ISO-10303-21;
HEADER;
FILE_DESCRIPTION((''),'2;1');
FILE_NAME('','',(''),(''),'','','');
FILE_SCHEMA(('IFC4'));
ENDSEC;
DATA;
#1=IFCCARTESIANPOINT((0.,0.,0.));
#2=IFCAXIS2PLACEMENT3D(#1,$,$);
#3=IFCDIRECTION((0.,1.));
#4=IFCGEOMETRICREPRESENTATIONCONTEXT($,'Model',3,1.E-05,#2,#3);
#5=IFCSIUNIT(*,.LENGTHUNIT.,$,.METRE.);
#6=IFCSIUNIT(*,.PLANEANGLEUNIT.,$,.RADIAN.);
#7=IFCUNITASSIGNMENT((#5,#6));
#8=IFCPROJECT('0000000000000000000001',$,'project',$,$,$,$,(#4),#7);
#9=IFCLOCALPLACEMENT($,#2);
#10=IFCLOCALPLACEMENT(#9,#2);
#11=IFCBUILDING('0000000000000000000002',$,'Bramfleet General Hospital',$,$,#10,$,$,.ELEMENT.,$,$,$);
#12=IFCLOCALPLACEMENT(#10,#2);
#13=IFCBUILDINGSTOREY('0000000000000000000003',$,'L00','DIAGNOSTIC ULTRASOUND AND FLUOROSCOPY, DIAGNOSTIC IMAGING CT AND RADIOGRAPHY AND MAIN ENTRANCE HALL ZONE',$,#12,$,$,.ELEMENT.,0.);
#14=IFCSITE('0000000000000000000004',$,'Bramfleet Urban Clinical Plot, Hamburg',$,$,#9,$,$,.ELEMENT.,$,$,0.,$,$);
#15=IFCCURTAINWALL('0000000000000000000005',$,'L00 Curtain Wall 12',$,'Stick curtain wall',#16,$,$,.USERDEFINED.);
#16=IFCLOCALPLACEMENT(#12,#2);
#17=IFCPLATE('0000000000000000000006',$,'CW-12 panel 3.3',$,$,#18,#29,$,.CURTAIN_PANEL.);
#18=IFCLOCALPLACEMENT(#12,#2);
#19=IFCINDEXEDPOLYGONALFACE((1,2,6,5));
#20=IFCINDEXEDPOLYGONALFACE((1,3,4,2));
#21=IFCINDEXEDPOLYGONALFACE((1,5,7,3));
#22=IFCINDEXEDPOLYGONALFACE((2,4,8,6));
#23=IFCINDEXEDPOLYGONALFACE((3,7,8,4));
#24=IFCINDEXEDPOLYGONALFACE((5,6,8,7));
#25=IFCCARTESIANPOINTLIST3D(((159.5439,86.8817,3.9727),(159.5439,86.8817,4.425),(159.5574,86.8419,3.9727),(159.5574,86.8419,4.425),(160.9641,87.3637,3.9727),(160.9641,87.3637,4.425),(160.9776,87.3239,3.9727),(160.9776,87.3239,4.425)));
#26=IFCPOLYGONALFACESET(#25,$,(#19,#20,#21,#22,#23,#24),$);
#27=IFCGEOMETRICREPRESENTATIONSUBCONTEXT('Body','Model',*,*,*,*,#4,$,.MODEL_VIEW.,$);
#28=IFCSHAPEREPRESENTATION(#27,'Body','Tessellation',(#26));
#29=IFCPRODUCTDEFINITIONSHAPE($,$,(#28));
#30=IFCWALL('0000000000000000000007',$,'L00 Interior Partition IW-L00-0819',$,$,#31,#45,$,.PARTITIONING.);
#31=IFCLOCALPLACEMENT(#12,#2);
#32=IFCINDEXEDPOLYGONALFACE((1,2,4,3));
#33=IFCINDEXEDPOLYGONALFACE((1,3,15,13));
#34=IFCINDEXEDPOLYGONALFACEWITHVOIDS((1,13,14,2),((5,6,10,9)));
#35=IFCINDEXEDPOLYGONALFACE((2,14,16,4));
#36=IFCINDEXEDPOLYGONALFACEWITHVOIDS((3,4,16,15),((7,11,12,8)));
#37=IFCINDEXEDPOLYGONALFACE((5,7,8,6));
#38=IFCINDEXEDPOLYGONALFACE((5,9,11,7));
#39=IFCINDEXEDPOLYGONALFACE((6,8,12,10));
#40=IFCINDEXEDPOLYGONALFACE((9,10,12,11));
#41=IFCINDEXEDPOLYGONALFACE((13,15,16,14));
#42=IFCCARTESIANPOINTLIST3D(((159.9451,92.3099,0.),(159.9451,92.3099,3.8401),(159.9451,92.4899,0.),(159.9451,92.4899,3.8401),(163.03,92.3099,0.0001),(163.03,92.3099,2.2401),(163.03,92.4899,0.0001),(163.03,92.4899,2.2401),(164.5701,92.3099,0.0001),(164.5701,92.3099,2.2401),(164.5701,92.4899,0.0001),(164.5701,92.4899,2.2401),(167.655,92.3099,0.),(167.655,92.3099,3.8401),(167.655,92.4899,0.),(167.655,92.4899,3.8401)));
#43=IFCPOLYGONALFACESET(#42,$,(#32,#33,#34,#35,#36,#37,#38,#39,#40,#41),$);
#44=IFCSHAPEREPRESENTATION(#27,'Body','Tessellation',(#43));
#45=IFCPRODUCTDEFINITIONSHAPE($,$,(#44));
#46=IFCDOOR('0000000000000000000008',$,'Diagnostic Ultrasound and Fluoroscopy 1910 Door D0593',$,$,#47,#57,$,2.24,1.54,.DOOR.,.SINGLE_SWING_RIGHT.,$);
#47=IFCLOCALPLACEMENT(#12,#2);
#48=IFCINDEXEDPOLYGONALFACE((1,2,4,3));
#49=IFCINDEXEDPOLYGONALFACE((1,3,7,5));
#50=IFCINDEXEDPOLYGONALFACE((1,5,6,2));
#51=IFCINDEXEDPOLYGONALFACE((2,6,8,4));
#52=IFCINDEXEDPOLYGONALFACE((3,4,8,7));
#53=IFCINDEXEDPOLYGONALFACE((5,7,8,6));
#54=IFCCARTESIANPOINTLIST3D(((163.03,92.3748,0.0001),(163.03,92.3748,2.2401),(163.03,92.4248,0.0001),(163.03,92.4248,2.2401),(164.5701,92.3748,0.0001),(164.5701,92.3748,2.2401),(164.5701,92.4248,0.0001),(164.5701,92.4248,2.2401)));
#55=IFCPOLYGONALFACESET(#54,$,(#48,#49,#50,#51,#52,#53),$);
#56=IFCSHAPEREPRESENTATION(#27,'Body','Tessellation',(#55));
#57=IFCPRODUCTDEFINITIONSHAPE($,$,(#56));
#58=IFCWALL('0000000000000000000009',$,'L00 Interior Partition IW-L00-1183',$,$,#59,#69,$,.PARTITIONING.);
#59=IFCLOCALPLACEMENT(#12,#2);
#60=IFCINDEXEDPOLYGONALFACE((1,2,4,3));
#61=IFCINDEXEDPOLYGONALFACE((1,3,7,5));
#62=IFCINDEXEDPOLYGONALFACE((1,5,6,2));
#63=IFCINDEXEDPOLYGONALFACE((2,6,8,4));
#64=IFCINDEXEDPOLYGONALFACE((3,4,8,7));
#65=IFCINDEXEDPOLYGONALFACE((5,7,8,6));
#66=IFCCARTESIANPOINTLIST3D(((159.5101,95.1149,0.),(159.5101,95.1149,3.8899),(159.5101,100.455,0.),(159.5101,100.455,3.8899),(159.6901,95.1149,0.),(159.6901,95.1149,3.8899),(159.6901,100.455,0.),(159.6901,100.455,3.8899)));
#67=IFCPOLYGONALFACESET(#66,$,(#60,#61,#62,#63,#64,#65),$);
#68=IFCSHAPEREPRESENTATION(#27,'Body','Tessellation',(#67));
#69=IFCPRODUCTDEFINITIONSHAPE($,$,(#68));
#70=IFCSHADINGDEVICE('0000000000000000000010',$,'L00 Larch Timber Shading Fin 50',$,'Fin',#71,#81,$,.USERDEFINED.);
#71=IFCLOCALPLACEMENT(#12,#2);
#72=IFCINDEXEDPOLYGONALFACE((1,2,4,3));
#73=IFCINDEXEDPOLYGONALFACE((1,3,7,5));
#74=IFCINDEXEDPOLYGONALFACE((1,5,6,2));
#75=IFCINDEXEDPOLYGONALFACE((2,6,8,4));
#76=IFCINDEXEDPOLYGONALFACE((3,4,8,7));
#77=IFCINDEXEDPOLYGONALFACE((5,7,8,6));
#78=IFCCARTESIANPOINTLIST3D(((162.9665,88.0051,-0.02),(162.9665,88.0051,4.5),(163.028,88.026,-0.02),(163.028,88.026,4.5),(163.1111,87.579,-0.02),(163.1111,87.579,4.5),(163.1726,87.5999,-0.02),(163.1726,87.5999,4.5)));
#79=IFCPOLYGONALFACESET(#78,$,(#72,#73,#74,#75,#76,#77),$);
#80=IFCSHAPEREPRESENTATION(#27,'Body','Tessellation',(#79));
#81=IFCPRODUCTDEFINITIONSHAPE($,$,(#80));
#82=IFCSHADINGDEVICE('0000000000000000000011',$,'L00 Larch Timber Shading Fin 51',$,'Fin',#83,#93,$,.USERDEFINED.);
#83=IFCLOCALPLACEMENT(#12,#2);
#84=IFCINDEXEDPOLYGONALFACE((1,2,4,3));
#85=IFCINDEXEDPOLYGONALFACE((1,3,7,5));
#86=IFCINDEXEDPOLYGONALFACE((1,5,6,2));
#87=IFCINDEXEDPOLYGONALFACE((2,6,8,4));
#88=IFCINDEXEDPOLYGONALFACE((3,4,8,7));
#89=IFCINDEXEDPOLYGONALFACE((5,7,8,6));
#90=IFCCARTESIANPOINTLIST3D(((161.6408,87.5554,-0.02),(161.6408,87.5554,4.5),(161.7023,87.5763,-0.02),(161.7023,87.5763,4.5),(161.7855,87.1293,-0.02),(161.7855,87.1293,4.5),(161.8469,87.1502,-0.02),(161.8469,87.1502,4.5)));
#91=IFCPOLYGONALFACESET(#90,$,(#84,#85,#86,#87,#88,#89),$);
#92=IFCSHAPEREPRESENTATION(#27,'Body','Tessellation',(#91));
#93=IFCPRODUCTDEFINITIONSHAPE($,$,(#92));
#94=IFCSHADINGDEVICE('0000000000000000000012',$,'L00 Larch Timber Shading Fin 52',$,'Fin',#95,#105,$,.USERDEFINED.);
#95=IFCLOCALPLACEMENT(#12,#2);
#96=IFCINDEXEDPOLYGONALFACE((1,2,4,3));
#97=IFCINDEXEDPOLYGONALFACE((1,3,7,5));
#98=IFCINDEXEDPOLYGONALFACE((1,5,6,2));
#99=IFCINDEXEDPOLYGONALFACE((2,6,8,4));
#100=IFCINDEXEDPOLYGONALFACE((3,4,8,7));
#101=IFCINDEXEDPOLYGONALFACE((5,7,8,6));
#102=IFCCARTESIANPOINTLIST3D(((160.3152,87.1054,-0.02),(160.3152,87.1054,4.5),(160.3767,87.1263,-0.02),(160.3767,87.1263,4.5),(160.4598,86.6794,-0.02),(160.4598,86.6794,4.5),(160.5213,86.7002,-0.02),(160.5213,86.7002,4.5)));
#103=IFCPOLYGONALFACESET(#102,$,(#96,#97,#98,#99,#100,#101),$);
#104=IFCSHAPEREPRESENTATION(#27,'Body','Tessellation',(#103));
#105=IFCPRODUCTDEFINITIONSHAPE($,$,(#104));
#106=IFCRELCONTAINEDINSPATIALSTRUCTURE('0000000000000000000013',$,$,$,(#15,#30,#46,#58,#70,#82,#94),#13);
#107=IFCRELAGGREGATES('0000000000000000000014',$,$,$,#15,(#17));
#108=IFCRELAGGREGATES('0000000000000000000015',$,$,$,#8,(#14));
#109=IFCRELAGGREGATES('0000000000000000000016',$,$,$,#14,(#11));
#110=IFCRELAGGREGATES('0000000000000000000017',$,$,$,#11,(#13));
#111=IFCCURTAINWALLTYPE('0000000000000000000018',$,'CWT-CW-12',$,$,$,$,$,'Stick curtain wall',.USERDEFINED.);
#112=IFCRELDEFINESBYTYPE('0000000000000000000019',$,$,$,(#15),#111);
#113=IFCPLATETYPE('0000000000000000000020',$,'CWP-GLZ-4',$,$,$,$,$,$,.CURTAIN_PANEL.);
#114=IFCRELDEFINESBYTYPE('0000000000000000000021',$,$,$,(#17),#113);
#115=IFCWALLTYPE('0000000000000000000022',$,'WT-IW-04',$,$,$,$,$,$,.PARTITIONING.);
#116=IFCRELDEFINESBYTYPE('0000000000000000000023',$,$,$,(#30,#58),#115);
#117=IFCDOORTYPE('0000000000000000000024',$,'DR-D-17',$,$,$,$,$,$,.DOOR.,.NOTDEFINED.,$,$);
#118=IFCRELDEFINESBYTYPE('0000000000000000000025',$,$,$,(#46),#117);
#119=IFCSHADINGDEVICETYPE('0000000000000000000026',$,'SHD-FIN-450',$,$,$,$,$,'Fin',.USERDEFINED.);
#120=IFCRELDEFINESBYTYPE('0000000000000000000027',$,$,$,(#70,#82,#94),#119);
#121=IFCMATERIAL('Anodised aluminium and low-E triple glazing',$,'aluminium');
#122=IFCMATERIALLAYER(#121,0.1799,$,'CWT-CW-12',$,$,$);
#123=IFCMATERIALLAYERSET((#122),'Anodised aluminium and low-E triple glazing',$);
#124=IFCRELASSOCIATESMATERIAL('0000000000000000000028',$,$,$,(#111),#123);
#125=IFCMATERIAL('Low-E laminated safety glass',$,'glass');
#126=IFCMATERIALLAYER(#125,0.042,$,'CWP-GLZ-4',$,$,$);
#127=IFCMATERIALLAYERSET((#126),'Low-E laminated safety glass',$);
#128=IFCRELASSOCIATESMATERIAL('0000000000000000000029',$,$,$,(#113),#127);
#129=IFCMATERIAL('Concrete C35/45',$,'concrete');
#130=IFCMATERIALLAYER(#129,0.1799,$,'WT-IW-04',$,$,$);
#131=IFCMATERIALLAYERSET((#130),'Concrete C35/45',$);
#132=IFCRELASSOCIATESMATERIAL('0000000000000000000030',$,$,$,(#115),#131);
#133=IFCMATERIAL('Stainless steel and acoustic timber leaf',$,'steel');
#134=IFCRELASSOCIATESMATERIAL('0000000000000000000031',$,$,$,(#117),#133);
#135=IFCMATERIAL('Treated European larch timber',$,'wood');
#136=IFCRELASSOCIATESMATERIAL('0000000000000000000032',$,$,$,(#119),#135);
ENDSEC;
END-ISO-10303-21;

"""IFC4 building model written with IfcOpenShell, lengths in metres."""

from ifc_helpers import new_model, si_unit, direction, frame, frame_2d, origin, origin_2d, place, context, subcontext, project, spatial, rectangle, extrude, material, layer, layer_set, material_profile, profile_set, type_object, element, fill, aggregate, save


model = new_model("IFC4")

# Units and contexts
model_context = context("Model", 3, precision=1e-05, world=origin(), true_north=direction((0.0, 1.0)))
body_context = subcontext(model_context, "Body", "Model", "MODEL_VIEW")
ifc_project = project(units=[si_unit("LENGTHUNIT", "METRE"), si_unit("PLANEANGLEUNIT", "RADIAN")], contexts=[model_context])

# Site, building, storey
site_placement = place(None, origin())
site = spatial("IfcSite", under=ifc_project, at=site_placement, Name="Bramfleet Urban Clinical Plot, Hamburg", CompositionType="ELEMENT", RefElevation=0.0)
building_placement = place(site_placement, origin())
building = spatial("IfcBuilding", under=site, at=building_placement, Name="Bramfleet General Hospital", CompositionType="ELEMENT")
storey_placement = place(building_placement, origin())
storey = spatial("IfcBuildingStorey", under=building, at=storey_placement, Name="L00", Description="DIAGNOSTIC ULTRASOUND AND FLUOROSCOPY, DIAGNOSTIC IMAGING CT AND RADIOGRAPHY AND MAIN ENTRANCE HALL ZONE", CompositionType="ELEMENT", Elevation=0.0)

# Shared definitions
ifc_material_1 = material(Name="Concrete C35/45", Category="concrete")

# Shared definitions
ifc_material_2 = material(Name="Anodised aluminium and low-E triple glazing", Category="aluminium")

# Curtain wall
ifc_layer_1 = layer(ifc_material_2, 0.1799, Name="CWT-CW-12")
ifc_layer_set_1 = layer_set([ifc_layer_1], Name="Anodised aluminium and low-E triple glazing")
curtain_wall_type_1 = type_object("IfcCurtainWallType", Name="CWT-CW-12", ElementType="Stick curtain wall", PredefinedType="USERDEFINED", material=ifc_layer_set_1)
curtain_wall_1_placement = place(storey_placement, origin())
curtain_wall_1 = element("IfcCurtainWall", 1, at=curtain_wall_1_placement, inside=storey, type_object=curtain_wall_type_1, Name="L00 Curtain Wall 12", ObjectType="Stick curtain wall", PredefinedType="USERDEFINED")

# Plate
ifc_material_3 = material(Name="Low-E laminated safety glass", Category="glass")
ifc_layer_2 = layer(ifc_material_3, 0.042, Name="CWP-GLZ-4")
ifc_layer_set_2 = layer_set([ifc_layer_2], Name="Low-E laminated safety glass")
plate_type_1 = type_object("IfcPlateType", Name="CWP-GLZ-4", PredefinedType="CURTAIN_PANEL", material=ifc_layer_set_2)
plate_1_placement = place(storey_placement, frame((160.2607, 87.1028, 3.9727), z_axis=(0.0, 0.0, 1.0), x_axis=(-0.946949, -0.321383, 0.0)))
plate_1 = element("IfcPlate", 2, at=plate_1_placement, type_object=plate_type_1, Name="CW-12 panel 3.3", PredefinedType="CURTAIN_PANEL", context=body_context, shape_type="SweptSolid", body=[
    extrude(rectangle(XDim=1.4998, YDim=0.042, at=origin_2d()), origin(), (0.0, 0.0, 1.0), 0.4524),
])
aggregate(curtain_wall_1, [plate_1])

# Wall, opening, door
ifc_layer_3 = layer(ifc_material_1, 0.1799, Name="WT-IW-04")
ifc_layer_set_3 = layer_set([ifc_layer_3], Name="Concrete C35/45")
wall_type = type_object("IfcWallType", Name="WT-IW-04", PredefinedType="PARTITIONING", material=ifc_layer_set_3)
wall_1_placement = place(storey_placement, frame((159.9451, 92.3999, 0.0), z_axis=(0.0, 0.0, 1.0), x_axis=(1.0, 0.0, 0.0)))
wall_1 = element("IfcWall", 3, at=wall_1_placement, inside=storey, type_object=wall_type, Name="L00 Interior Partition IW-L00-0819", PredefinedType="PARTITIONING", context=body_context, shape_type="SweptSolid", body=[
    extrude(rectangle(XDim=7.71, YDim=0.1799, at=frame_2d((3.855, 0.0))), origin(), (0.0, 0.0, 1.0), 3.8401),
])
opening_placement = place(wall_1_placement, frame((3.085, 0.0, 0.0)))
opening = element("IfcOpeningElement", 4, at=opening_placement, cuts=wall_1, PredefinedType="OPENING", context=body_context, shape_type="SweptSolid", body=[
    extrude(rectangle(XDim=1.54, YDim=2.24, at=frame_2d((0.77, 1.1201))), frame((0.0, 0.0999, 0.0), z_axis=(0.0, -1.0, 0.0), x_axis=(1.0, 0.0, 0.0)), (0.0, 0.0, 1.0), 0.2),
])
ifc_material_4 = material(Name="Stainless steel and acoustic timber leaf", Category="steel")
door_type = type_object("IfcDoorType", Name="DR-D-17", OperationType="NOTDEFINED", PredefinedType="DOOR", material=ifc_material_4)
door_placement = place(opening_placement, origin())
door = element("IfcDoor", 5, at=door_placement, inside=storey, type_object=door_type, Name="Diagnostic Ultrasound and Fluoroscopy 1910 Door D0593", OperationType="SINGLE_SWING_RIGHT", OverallHeight=2.24, OverallWidth=1.54, PredefinedType="DOOR", context=body_context, shape_type="SweptSolid", body=[
    extrude(rectangle(XDim=1.54, YDim=2.24, at=frame_2d((0.77, 1.1201))), frame((0.0, 0.0249, 0.0), z_axis=(0.0, -1.0, 0.0), x_axis=(1.0, 0.0, 0.0)), (0.0, 0.0, 1.0), 0.05),
])
fill(opening, door)

# Wall
wall_2_placement = place(storey_placement, frame((159.6001, 95.115, 0.0), z_axis=(0.0, 0.0, 1.0), x_axis=(0.0, 1.0, 0.0)))
element("IfcWall", 6, at=wall_2_placement, inside=storey, type_object=wall_type, Name="L00 Interior Partition IW-L00-1183", PredefinedType="PARTITIONING", context=body_context, shape_type="SweptSolid", body=[
    extrude(rectangle(XDim=5.3401, YDim=0.1799, at=frame_2d((2.6699, 0.0))), origin(), (0.0, 0.0, 1.0), 3.8899),
])

# Shading devices
ifc_material_5 = material(Name="Treated European larch timber", Category="wood")
ifc_material_profile_1 = material_profile(ifc_material_5, rectangle(XDim=0.0649, YDim=0.45, at=origin_2d()), Name="LARCH FIN 450x65")
ifc_profile_set_1 = profile_set([ifc_material_profile_1], Name="Treated European larch timber")
shading_device_type = type_object("IfcShadingDeviceType", Name="SHD-FIN-450", ElementType="Fin", PredefinedType="USERDEFINED", material=ifc_profile_set_1)
for number, where, z_axis, x_axis, name in (
    (7, (163.0696, 87.8025, -0.02), (0.0, 0.0, 1.0), (-0.946949, -0.321383, 0.0), "L00 Larch Timber Shading Fin 50"),
    (8, (161.7439, 87.3528, -0.02), (0.0, 0.0, 1.0), (-0.946949, -0.321383, 0.0), "L00 Larch Timber Shading Fin 51"),
    (9, (160.4182, 86.9028, -0.02), (0.0, 0.0, 1.0), (-0.946949, -0.321383, 0.0), "L00 Larch Timber Shading Fin 52"),
):
    element("IfcShadingDevice", number, at=place(storey_placement, frame(where, z_axis=z_axis, x_axis=x_axis)), inside=storey, type_object=shading_device_type, Name=name, ObjectType="Fin", PredefinedType="USERDEFINED", context=body_context, shape_type="SweptSolid", body=[
        extrude(rectangle(XDim=0.0649, YDim=0.45, at=origin_2d()), origin(), (0.0, 0.0, 1.0), 4.52),
    ])

save(model, "model.ifc")
